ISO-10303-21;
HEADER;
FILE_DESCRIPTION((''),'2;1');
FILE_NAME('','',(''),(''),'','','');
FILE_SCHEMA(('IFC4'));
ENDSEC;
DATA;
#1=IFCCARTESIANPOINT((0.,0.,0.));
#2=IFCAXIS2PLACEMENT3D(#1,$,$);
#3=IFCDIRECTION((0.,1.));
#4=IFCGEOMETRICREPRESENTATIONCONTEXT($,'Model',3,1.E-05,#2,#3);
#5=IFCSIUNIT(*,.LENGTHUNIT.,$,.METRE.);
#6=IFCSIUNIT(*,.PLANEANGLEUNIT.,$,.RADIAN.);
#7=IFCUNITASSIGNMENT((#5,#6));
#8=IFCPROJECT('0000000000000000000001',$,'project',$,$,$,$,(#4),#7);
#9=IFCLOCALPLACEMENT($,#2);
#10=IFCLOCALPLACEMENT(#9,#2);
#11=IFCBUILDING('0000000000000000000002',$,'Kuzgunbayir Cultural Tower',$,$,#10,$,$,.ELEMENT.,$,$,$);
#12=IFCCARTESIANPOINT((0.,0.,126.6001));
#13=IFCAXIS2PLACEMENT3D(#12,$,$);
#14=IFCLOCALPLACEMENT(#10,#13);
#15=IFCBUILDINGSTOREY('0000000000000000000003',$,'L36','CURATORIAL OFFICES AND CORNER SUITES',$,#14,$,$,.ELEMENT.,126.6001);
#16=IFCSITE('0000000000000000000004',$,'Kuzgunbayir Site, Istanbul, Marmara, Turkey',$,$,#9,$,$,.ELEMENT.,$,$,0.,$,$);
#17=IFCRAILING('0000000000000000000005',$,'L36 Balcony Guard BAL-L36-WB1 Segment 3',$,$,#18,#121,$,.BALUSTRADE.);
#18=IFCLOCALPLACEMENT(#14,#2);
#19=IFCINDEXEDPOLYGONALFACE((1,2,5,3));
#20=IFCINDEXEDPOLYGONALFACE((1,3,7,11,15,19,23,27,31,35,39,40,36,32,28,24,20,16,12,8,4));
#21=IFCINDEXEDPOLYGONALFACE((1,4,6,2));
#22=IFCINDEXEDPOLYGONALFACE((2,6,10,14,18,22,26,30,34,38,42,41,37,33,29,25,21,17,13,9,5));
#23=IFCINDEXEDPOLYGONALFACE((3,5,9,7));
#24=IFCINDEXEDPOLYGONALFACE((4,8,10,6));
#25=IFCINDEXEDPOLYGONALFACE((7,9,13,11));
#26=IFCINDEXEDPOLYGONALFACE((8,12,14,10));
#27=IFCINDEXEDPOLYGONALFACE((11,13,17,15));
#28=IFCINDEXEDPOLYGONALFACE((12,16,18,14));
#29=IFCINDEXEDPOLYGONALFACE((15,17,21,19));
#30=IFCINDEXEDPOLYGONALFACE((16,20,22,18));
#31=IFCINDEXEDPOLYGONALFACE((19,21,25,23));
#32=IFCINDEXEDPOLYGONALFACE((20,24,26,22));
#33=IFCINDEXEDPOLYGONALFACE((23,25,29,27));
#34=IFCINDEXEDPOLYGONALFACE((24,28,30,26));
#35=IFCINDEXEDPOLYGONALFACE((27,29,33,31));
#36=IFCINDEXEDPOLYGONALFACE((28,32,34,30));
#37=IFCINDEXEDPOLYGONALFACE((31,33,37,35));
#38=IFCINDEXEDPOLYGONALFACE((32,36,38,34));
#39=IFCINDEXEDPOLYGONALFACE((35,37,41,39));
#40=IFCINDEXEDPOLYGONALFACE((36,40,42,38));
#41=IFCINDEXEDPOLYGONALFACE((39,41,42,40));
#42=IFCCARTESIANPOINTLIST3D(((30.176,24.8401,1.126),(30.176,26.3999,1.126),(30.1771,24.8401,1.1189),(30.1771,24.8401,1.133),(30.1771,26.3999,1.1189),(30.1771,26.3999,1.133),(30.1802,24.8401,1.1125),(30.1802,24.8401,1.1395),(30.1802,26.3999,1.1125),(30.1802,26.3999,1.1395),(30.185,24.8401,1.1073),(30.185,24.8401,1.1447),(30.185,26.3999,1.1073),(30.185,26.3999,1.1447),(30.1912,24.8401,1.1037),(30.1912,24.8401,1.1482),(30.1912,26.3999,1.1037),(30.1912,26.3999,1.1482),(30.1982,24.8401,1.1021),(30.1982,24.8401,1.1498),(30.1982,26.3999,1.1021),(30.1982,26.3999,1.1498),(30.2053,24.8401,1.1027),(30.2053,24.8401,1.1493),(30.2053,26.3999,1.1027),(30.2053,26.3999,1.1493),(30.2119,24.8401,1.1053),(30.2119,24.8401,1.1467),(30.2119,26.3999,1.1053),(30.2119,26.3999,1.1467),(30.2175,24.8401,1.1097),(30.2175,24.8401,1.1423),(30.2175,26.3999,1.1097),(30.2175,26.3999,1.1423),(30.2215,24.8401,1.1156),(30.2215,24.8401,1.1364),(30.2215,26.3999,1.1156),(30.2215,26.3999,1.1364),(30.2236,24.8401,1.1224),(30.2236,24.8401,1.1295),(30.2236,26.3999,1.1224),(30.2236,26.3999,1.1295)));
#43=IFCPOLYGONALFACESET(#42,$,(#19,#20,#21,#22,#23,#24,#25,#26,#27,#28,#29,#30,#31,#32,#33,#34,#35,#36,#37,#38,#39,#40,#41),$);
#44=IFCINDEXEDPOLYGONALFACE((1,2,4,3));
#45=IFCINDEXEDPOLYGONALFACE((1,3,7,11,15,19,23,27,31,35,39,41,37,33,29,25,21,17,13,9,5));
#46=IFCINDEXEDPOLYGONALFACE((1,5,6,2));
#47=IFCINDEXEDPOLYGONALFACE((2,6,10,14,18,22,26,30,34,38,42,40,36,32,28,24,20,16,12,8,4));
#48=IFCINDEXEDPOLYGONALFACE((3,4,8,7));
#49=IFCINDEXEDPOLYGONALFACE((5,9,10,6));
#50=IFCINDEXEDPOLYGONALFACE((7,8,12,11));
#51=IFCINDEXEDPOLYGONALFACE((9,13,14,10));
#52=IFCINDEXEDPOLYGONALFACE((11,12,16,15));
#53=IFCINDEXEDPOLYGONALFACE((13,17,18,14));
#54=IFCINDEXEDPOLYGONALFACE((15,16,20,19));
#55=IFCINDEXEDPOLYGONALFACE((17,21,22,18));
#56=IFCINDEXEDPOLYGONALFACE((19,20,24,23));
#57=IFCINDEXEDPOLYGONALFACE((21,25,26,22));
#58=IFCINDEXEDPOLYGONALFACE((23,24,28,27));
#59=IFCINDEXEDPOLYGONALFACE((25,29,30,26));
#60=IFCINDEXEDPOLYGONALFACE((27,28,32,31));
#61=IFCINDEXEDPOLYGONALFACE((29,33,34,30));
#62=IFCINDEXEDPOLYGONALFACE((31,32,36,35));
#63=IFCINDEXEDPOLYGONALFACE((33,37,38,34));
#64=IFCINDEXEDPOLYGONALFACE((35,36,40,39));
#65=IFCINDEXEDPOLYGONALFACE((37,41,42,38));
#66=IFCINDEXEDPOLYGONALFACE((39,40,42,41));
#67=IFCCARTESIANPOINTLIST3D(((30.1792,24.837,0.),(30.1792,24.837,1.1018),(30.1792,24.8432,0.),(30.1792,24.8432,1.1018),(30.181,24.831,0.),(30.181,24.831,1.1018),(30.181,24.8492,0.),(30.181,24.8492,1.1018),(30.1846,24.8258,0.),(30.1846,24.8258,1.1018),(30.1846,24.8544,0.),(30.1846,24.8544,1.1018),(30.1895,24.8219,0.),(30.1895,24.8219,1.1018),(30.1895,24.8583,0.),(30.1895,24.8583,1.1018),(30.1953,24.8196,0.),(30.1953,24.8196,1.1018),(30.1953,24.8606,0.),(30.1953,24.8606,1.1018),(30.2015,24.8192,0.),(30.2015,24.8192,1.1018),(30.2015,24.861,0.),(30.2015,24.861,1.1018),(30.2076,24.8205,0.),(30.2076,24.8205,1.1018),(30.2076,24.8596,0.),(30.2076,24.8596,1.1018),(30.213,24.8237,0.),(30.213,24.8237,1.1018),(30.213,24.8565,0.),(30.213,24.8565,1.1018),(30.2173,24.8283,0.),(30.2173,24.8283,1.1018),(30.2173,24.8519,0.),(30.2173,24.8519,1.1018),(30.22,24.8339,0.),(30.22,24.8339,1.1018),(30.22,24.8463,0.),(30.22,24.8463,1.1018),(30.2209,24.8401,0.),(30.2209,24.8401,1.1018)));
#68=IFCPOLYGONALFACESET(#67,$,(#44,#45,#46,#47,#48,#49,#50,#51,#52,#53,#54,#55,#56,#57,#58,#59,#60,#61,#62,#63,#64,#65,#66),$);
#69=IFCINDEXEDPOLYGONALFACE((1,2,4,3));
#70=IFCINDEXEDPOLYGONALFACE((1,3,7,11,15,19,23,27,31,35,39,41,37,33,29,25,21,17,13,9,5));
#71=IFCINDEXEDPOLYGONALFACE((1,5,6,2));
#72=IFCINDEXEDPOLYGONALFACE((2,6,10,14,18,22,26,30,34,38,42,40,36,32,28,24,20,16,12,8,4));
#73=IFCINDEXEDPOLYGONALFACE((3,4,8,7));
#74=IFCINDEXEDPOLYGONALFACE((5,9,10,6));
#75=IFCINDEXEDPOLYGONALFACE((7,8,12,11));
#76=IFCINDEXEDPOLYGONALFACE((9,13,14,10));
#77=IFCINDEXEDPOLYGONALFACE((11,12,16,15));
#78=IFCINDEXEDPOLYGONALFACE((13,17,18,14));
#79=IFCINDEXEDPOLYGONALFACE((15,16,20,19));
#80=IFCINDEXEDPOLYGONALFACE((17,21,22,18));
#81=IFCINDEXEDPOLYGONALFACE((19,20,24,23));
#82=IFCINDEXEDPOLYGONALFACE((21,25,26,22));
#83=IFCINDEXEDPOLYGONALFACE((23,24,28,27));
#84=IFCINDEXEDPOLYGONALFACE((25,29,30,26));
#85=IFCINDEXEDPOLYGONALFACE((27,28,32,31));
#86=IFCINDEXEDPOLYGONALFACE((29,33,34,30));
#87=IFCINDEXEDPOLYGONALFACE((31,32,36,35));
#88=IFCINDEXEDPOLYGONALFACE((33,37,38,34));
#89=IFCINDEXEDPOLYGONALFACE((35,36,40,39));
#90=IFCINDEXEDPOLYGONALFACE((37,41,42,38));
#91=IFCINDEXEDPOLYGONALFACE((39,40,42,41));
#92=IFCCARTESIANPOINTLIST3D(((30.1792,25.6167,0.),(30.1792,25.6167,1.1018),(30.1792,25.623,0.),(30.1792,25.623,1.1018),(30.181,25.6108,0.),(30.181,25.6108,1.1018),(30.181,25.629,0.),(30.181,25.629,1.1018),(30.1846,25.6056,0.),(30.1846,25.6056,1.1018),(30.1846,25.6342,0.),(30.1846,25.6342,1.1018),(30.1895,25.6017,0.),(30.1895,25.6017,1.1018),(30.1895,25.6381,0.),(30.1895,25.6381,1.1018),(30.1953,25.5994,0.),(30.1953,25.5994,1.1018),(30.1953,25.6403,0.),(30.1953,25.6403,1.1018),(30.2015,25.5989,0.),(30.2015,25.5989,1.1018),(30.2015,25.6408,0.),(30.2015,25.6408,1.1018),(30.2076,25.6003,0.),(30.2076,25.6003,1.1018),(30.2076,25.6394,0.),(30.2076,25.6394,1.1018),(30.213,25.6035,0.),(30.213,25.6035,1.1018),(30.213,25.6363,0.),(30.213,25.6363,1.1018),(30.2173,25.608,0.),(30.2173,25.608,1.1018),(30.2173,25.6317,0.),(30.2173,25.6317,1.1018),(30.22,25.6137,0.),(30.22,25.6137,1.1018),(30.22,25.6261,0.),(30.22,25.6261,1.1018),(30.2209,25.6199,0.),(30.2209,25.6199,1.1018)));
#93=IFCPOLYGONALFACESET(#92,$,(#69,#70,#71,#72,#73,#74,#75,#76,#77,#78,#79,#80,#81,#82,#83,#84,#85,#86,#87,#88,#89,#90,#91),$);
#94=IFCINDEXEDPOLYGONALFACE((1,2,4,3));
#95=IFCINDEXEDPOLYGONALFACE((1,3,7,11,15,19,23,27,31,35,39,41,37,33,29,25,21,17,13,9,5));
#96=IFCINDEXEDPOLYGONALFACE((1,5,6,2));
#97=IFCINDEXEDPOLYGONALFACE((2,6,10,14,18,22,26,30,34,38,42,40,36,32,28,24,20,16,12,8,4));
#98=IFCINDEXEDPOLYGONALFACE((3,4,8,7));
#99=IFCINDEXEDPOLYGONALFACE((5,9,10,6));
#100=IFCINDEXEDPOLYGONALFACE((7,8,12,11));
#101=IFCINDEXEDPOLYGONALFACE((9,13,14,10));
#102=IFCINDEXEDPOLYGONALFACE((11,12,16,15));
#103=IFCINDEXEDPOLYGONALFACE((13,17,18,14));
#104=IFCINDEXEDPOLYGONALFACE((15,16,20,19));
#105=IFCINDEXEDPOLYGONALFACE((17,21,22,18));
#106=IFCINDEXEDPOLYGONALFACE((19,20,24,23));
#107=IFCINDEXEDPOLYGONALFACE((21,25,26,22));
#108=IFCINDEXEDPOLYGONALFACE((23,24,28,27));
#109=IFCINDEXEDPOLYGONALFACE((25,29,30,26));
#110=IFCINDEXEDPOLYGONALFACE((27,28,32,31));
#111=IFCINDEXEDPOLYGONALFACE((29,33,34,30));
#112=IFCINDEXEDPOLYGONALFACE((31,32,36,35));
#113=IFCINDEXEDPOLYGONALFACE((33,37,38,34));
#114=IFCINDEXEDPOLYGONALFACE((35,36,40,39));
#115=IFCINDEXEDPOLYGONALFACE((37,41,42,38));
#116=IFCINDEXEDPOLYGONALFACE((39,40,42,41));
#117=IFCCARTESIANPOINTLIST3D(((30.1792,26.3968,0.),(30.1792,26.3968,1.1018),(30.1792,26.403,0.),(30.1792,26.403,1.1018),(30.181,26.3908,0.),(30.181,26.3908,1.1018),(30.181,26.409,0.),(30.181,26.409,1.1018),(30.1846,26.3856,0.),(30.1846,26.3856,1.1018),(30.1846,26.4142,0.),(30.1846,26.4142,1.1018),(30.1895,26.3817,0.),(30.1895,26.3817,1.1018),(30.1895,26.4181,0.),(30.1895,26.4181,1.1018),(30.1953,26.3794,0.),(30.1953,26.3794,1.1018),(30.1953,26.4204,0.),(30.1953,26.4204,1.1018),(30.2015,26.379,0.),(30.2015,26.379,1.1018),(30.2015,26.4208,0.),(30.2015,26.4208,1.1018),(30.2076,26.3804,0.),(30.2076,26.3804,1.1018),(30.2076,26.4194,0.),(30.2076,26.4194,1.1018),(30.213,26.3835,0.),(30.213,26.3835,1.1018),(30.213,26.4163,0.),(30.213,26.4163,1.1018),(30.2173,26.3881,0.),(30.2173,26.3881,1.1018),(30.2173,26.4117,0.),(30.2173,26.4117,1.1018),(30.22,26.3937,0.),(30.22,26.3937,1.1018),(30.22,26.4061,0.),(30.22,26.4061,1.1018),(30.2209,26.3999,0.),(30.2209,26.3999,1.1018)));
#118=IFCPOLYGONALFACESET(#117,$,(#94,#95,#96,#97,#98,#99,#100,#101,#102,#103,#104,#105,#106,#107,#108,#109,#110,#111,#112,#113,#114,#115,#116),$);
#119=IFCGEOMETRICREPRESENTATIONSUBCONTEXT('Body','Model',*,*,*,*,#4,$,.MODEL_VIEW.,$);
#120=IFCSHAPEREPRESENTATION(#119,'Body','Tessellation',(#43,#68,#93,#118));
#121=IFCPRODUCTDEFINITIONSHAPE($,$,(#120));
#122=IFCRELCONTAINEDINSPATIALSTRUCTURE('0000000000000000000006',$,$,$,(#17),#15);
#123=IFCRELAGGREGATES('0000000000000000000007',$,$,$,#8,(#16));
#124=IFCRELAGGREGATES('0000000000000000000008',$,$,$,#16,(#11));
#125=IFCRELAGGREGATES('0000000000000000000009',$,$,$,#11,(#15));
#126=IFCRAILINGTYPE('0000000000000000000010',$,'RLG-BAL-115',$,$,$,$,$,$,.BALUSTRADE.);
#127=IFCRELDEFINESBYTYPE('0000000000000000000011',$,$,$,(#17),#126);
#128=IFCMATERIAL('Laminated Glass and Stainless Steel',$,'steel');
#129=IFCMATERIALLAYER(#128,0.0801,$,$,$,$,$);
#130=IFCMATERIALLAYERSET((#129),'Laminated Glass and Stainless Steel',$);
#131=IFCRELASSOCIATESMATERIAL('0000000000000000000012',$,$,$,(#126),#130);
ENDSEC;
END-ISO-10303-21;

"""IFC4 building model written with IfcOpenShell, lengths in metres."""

from ifc_helpers import new_model, si_unit, direction, frame, origin, origin_2d, place, context, subcontext, project, spatial, circle, extrude, material, layer, layer_set, type_object, element, save


model = new_model("IFC4")

# Units and contexts
model_context = context("Model", 3, precision=1e-05, world=origin(), true_north=direction((0.0, 1.0)))
body_context = subcontext(model_context, "Body", "Model", "MODEL_VIEW")
ifc_project = project(units=[si_unit("LENGTHUNIT", "METRE"), si_unit("PLANEANGLEUNIT", "RADIAN")], contexts=[model_context])

# Site, building, storey
site_placement = place(None, origin())
site = spatial("IfcSite", under=ifc_project, at=site_placement, Name="Kuzgunbayir Site, Istanbul, Marmara, Turkey", CompositionType="ELEMENT", RefElevation=0.0)
building_placement = place(site_placement, origin())
building = spatial("IfcBuilding", under=site, at=building_placement, Name="Kuzgunbayir Cultural Tower", CompositionType="ELEMENT")
storey_placement = place(building_placement, frame((0.0, 0.0, 126.6001)))
storey = spatial("IfcBuildingStorey", under=building, at=storey_placement, Name="L36", Description="CURATORIAL OFFICES AND CORNER SUITES", CompositionType="ELEMENT", Elevation=126.6001)

# Railing
ifc_material_1 = material(Name="Laminated Glass and Stainless Steel", Category="steel")
ifc_layer_1 = layer(ifc_material_1, 0.0801)
ifc_layer_set_1 = layer_set([ifc_layer_1], Name="Laminated Glass and Stainless Steel")
railing_type = type_object("IfcRailingType", Name="RLG-BAL-115", PredefinedType="BALUSTRADE", material=ifc_layer_set_1)
railing_1_placement = place(storey_placement, frame((30.2, 24.8401, 0.0)))
element("IfcRailing", 1, at=railing_1_placement, inside=storey, type_object=railing_type, Name="L36 Balcony Guard BAL-L36-WB1 Segment 3", PredefinedType="BALUSTRADE", context=body_context, shape_type="SweptSolid", body=[
    extrude(circle(Radius=0.0239, at=origin_2d()), frame((0.0, 0.0, 1.126), z_axis=(0.0, 1.0, 0.0), x_axis=(-1.0, 0.0, 0.0)), (0.0, 0.0, 1.0), 1.5598),
    extrude(circle(Radius=0.021, at=origin_2d()), origin(), (0.0, 0.0, 1.0), 1.1018),
    extrude(circle(Radius=0.021, at=origin_2d()), frame((0.0, 0.7798, 0.0)), (0.0, 0.0, 1.0), 1.1018),
    extrude(circle(Radius=0.021, at=origin_2d()), frame((0.0, 1.5598, 0.0)), (0.0, 0.0, 1.0), 1.1018),
])

save(model, "model.ifc")
